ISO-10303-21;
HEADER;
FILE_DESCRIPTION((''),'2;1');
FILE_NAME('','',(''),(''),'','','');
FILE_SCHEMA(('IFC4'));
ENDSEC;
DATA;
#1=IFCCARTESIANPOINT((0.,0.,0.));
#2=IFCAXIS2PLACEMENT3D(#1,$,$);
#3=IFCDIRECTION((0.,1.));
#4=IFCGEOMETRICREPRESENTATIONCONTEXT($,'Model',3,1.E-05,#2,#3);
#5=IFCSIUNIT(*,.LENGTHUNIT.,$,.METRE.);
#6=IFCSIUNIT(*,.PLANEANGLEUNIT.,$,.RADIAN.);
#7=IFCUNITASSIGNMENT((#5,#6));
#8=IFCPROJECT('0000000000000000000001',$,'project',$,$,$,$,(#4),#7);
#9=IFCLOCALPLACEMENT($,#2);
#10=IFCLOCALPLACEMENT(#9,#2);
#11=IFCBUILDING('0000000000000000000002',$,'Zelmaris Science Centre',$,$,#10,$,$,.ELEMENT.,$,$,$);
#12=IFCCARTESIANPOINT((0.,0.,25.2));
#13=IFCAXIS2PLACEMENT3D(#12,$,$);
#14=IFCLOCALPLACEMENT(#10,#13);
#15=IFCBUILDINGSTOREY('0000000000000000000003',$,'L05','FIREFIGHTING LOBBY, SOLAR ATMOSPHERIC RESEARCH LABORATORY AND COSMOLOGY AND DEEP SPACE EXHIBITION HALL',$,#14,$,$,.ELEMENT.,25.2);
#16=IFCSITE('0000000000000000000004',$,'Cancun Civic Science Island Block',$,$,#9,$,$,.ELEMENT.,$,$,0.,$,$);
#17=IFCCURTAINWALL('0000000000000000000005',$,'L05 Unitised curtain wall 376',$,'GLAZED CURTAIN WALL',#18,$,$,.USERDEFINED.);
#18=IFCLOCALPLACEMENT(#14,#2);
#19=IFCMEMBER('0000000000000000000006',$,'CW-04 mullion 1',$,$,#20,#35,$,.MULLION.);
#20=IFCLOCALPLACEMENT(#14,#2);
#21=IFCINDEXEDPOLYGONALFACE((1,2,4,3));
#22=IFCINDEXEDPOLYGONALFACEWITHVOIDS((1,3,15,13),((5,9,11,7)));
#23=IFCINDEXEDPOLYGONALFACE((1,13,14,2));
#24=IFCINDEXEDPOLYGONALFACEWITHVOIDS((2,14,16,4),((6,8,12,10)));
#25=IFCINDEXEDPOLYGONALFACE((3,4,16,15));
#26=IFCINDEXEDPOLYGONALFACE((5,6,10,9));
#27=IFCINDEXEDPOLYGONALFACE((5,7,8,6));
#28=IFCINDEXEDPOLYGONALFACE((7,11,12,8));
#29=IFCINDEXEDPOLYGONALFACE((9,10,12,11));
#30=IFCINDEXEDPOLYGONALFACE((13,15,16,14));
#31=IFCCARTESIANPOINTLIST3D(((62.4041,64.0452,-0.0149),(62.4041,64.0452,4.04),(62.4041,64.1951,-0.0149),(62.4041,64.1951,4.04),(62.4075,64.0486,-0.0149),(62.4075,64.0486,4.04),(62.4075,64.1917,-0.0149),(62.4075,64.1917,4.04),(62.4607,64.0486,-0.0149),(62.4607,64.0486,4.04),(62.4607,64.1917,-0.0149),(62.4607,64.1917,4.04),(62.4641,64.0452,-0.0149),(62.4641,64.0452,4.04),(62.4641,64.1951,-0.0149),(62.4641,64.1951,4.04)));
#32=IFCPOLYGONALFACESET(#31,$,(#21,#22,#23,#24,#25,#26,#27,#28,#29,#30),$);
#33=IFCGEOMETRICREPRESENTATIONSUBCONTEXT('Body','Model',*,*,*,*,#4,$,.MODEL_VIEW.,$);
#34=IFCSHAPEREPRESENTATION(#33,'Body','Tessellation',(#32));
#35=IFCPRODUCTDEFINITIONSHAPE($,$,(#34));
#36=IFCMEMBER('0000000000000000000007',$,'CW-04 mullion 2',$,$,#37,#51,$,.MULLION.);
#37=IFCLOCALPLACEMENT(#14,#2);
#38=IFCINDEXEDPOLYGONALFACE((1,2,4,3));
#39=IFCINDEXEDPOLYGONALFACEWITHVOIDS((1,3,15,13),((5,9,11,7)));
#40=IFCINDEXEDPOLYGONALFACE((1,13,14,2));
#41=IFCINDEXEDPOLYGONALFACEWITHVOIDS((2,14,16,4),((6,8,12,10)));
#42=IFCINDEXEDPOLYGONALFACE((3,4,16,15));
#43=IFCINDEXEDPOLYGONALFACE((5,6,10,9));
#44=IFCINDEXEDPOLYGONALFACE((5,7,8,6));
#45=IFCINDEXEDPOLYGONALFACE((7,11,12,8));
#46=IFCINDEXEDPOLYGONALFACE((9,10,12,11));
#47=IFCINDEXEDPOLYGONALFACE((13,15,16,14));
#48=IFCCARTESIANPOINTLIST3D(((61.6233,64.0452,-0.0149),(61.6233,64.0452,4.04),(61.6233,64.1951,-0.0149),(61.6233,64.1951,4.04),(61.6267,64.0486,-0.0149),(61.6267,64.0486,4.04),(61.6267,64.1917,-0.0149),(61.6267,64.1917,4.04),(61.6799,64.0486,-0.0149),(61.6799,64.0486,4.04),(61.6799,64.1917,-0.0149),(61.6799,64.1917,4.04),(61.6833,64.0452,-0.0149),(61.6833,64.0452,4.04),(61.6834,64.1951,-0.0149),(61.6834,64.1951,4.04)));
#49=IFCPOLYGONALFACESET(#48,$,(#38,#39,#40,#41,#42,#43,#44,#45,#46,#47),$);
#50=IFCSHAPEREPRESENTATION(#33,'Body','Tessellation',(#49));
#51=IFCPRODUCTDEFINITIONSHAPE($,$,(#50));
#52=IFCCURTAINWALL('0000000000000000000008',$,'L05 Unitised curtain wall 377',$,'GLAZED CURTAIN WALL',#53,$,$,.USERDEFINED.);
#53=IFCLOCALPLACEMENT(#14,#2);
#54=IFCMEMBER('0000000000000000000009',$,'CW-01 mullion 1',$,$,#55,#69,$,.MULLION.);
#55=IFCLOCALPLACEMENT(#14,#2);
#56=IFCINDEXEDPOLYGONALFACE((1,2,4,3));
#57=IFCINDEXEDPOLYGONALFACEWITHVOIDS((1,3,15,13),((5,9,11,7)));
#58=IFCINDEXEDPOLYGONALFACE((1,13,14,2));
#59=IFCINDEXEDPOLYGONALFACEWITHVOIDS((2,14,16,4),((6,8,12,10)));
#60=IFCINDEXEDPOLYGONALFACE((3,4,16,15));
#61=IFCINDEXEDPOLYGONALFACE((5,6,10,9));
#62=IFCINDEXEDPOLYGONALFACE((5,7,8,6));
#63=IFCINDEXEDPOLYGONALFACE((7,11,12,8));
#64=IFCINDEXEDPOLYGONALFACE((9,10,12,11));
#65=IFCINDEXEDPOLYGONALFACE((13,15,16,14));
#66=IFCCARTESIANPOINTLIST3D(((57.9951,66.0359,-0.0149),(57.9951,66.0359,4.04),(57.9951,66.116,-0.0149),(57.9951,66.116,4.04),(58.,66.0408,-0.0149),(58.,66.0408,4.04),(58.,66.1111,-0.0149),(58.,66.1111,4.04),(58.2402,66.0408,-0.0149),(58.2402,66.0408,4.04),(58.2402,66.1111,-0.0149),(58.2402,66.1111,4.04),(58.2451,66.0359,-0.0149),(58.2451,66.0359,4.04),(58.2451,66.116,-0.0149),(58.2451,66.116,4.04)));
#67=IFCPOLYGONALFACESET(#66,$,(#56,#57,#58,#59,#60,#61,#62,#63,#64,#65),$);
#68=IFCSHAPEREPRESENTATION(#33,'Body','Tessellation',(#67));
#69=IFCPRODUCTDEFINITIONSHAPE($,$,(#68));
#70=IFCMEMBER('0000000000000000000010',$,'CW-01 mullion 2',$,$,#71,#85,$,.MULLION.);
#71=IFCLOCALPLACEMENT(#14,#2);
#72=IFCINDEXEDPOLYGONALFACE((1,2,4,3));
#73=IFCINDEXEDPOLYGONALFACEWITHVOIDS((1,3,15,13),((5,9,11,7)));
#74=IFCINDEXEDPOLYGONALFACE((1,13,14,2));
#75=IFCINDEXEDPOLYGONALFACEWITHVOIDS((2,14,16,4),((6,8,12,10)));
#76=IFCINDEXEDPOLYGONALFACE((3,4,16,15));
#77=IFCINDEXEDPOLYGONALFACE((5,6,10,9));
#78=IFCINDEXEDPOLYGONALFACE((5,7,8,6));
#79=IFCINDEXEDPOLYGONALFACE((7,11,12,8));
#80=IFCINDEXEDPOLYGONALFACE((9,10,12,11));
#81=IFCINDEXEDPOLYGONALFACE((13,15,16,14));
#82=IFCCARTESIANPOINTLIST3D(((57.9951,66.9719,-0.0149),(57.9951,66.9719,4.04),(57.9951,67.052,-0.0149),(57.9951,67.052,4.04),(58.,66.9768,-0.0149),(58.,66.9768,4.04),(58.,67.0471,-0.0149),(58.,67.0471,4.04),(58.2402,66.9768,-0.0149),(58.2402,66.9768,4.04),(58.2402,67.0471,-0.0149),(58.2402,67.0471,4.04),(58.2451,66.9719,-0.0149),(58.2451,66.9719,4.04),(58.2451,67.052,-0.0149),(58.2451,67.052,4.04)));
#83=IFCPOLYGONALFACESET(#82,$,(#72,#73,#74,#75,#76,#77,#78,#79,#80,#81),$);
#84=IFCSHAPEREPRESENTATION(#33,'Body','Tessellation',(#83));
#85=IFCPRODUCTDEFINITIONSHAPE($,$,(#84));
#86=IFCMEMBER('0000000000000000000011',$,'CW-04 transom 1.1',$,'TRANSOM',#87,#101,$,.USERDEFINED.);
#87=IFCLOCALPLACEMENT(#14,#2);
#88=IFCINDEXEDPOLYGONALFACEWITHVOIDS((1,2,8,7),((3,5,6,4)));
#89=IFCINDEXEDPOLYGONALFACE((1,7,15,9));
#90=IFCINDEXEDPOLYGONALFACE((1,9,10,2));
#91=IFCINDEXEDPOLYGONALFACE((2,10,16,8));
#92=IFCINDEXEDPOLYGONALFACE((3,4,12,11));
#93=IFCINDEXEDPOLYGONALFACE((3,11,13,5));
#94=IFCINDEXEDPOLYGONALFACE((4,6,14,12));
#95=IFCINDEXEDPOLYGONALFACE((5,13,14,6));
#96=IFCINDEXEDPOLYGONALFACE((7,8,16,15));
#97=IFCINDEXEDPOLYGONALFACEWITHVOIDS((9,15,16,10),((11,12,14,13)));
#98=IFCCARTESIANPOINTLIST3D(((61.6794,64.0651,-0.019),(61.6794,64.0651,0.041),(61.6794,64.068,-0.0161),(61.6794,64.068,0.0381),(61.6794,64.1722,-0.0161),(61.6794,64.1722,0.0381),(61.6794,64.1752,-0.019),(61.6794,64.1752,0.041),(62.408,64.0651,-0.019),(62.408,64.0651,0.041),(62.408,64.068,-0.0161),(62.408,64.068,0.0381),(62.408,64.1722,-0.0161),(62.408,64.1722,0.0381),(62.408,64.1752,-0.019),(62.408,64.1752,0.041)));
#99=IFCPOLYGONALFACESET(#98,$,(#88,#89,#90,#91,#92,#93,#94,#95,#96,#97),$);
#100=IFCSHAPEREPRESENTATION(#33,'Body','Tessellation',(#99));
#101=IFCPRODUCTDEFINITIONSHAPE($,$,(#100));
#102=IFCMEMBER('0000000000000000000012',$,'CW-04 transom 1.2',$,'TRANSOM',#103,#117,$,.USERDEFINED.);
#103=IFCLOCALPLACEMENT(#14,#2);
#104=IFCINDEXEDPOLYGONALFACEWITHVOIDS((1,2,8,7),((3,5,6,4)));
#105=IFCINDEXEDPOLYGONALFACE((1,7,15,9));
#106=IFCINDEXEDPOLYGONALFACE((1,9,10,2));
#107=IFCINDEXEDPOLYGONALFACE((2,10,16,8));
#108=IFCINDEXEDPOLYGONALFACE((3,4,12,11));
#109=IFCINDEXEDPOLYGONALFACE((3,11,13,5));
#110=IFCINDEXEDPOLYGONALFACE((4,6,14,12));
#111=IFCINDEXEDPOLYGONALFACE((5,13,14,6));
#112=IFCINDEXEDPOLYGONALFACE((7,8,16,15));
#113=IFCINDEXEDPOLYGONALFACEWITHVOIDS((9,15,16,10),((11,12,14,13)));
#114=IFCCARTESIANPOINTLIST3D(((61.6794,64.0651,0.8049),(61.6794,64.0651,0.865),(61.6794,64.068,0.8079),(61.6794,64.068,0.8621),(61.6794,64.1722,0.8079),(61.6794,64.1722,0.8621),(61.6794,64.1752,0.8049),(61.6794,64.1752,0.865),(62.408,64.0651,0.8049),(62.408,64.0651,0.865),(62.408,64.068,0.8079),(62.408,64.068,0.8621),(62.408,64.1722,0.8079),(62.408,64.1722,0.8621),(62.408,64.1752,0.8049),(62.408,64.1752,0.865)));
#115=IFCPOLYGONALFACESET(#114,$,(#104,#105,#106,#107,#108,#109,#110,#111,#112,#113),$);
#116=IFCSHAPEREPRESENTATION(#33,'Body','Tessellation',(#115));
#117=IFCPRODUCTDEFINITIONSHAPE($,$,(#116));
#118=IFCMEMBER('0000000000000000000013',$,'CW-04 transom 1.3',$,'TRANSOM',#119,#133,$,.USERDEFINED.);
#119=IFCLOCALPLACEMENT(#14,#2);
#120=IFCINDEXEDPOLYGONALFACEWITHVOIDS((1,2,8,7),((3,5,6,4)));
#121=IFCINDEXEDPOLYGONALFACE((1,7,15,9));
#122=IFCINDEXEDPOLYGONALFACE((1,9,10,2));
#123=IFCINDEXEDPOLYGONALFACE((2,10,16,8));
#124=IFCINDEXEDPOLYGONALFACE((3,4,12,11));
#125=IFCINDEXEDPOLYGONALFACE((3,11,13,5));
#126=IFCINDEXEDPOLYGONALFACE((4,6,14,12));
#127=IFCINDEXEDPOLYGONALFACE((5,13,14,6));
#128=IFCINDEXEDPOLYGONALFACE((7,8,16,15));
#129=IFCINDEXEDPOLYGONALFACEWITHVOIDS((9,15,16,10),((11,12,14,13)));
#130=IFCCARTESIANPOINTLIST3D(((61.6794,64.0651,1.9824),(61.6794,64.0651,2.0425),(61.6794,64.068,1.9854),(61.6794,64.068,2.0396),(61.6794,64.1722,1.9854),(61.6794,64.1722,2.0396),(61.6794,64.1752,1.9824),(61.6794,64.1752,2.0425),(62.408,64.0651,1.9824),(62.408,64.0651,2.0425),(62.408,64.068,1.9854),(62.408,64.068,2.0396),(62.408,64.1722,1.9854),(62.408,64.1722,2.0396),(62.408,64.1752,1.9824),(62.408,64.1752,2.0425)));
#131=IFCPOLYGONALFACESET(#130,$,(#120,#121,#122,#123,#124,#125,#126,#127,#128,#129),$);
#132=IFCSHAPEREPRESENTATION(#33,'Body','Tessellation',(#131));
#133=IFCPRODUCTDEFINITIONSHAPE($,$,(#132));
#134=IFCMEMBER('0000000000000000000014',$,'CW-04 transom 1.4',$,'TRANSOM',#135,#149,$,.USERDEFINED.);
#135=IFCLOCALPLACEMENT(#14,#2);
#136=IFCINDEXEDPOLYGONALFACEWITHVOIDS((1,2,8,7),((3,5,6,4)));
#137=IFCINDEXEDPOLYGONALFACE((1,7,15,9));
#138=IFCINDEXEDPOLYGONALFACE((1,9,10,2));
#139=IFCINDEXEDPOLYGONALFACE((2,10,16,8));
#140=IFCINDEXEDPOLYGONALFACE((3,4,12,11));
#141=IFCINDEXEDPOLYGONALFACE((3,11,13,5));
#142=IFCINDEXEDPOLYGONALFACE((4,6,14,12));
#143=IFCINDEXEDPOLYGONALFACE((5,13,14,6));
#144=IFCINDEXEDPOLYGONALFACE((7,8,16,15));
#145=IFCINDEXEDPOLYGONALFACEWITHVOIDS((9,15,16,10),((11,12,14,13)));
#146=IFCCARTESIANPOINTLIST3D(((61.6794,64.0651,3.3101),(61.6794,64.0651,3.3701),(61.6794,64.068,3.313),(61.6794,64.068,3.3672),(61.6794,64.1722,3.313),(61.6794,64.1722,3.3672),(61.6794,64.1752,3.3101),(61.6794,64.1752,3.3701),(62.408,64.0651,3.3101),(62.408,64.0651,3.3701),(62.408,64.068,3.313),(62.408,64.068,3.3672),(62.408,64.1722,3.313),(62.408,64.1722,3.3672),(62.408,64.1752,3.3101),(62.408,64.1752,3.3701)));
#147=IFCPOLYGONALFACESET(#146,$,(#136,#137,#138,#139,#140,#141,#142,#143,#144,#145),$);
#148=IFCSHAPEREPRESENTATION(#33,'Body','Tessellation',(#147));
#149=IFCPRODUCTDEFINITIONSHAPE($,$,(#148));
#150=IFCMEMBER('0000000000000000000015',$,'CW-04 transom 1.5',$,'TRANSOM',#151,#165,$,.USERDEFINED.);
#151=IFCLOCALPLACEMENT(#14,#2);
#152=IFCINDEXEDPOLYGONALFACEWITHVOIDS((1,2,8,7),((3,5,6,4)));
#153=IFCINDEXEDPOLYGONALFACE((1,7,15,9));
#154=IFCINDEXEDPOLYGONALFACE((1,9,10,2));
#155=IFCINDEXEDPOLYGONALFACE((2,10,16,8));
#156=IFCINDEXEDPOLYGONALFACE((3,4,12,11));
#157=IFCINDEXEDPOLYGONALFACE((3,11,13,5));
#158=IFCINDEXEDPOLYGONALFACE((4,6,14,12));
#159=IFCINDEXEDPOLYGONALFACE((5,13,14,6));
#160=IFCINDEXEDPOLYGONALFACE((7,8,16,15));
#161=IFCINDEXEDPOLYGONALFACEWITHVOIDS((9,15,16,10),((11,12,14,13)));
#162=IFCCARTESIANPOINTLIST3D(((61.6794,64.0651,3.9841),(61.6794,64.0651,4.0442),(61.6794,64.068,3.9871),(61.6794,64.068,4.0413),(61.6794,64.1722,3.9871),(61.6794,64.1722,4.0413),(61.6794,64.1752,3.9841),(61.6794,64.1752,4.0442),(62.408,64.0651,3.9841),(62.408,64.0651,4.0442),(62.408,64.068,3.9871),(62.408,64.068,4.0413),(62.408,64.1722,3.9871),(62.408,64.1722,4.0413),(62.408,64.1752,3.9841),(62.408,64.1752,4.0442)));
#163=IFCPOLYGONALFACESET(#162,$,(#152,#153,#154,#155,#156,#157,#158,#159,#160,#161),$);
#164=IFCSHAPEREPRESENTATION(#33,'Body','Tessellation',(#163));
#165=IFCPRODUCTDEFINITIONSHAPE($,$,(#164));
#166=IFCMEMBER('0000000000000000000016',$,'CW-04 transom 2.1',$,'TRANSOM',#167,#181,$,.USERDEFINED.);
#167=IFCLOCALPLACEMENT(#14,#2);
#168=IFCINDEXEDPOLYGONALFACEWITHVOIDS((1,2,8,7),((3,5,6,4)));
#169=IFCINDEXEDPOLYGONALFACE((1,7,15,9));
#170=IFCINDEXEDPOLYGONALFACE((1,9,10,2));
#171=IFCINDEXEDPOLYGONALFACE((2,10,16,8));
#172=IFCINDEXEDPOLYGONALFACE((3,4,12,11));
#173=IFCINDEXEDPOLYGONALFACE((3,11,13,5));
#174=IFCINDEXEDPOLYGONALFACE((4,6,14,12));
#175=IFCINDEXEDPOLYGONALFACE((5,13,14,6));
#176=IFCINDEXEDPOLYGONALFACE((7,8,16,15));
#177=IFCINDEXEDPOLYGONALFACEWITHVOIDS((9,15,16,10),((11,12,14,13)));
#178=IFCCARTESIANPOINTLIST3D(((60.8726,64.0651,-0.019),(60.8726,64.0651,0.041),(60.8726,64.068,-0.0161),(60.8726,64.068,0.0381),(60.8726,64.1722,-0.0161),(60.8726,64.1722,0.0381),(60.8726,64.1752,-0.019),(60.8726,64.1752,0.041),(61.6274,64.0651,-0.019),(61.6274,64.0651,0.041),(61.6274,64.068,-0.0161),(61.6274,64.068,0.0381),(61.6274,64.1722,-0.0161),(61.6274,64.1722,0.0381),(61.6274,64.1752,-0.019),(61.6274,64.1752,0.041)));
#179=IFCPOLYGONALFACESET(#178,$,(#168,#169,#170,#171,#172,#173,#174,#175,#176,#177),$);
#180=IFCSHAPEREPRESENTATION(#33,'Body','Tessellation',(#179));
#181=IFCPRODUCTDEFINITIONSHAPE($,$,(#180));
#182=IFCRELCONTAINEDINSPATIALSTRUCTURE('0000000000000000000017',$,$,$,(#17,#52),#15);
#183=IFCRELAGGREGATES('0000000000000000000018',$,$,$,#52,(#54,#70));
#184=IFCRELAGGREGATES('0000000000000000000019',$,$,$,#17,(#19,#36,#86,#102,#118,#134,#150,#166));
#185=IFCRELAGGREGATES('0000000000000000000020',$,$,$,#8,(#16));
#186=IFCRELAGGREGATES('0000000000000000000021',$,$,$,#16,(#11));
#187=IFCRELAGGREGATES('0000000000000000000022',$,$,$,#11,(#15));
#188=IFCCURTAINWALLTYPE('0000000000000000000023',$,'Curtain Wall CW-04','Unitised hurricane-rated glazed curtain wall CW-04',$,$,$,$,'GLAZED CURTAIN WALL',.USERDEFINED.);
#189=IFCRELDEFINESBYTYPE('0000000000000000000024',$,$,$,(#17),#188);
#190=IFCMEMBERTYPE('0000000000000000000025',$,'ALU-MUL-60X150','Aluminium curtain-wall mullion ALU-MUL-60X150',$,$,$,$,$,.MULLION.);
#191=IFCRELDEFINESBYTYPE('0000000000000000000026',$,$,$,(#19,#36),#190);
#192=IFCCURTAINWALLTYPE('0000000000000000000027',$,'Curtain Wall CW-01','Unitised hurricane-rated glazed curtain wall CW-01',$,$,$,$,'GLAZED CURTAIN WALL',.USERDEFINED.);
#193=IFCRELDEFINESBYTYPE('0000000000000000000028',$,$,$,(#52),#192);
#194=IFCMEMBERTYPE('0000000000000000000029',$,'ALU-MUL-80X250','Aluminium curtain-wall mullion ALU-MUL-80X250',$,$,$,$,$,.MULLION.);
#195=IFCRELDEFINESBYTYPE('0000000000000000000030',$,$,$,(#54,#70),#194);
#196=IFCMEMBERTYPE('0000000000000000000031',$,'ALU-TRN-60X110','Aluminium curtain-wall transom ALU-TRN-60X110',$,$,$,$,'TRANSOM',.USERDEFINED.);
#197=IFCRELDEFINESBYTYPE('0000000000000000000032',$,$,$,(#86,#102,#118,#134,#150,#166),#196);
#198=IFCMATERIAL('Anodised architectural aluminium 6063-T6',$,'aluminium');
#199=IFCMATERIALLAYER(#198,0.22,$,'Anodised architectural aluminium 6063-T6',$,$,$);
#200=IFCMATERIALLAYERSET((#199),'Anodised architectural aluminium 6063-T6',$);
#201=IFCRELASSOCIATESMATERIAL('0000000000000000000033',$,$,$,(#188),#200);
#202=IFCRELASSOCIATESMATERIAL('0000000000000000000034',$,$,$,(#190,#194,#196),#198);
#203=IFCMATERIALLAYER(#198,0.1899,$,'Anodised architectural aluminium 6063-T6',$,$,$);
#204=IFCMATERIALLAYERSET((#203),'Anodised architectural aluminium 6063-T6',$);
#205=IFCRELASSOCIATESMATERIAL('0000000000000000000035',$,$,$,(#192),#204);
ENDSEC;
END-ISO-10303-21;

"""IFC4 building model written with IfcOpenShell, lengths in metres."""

from ifc_helpers import new_model, si_unit, direction, frame, origin, origin_2d, place, context, subcontext, project, spatial, hollow_rectangle, extrude, material, layer, layer_set, material_profile, profile_set, type_object, element, aggregate, save


model = new_model("IFC4")

# Units and contexts
model_context = context("Model", 3, precision=1e-05, world=origin(), true_north=direction((0.0, 1.0)))
body_context = subcontext(model_context, "Body", "Model", "MODEL_VIEW")
ifc_project = project(units=[si_unit("LENGTHUNIT", "METRE"), si_unit("PLANEANGLEUNIT", "RADIAN")], contexts=[model_context])

# Site, building, storey
site_placement = place(None, origin())
site = spatial("IfcSite", under=ifc_project, at=site_placement, Name="Cancun Civic Science Island Block", CompositionType="ELEMENT", RefElevation=0.0)
building_placement = place(site_placement, origin())
building = spatial("IfcBuilding", under=site, at=building_placement, Name="Zelmaris Science Centre", CompositionType="ELEMENT")
storey_placement = place(building_placement, frame((0.0, 0.0, 25.2)))
storey = spatial("IfcBuildingStorey", under=building, at=storey_placement, Name="L05", Description="FIREFIGHTING LOBBY, SOLAR ATMOSPHERIC RESEARCH LABORATORY AND COSMOLOGY AND DEEP SPACE EXHIBITION HALL", CompositionType="ELEMENT", Elevation=25.2)

# Curtain walls, members
ifc_material_1 = material(Name="Anodised architectural aluminium 6063-T6", Category="aluminium")
ifc_layer_1 = layer(ifc_material_1, 0.22, Name="Anodised architectural aluminium 6063-T6")
ifc_layer_set_1 = layer_set([ifc_layer_1], Name="Anodised architectural aluminium 6063-T6")
curtain_wall_type_1 = type_object("IfcCurtainWallType", Name="Curtain Wall CW-04", Description="Unitised hurricane-rated glazed curtain wall CW-04", ElementType="GLAZED CURTAIN WALL", PredefinedType="USERDEFINED", material=ifc_layer_set_1)
curtain_wall_1_placement = place(storey_placement, origin())
curtain_wall_1 = element("IfcCurtainWall", 1, at=curtain_wall_1_placement, inside=storey, type_object=curtain_wall_type_1, Name="L05 Unitised curtain wall 376", ObjectType="GLAZED CURTAIN WALL", PredefinedType="USERDEFINED")
ifc_material_profile_1 = material_profile(ifc_material_1, hollow_rectangle(XDim=0.0601, YDim=0.1499, WallThickness=0.0034, at=origin_2d()), Name="ALU-MUL-60X150")
ifc_profile_set_1 = profile_set([ifc_material_profile_1], Name="Anodised architectural aluminium 6063-T6")
member_type_1 = type_object("IfcMemberType", Name="ALU-MUL-60X150", Description="Aluminium curtain-wall mullion ALU-MUL-60X150", PredefinedType="MULLION", material=ifc_profile_set_1)
member_1_placement = place(storey_placement, frame((62.4341, 64.1201, -0.0149), z_axis=(0.0, 0.0, 1.0), x_axis=(-1.0, 0.000005, 0.0)))
member_1 = element("IfcMember", 2, at=member_1_placement, type_object=member_type_1, Name="CW-04 mullion 1", PredefinedType="MULLION", context=body_context, shape_type="SweptSolid", body=[
    extrude(hollow_rectangle(XDim=0.0601, YDim=0.1499, WallThickness=0.0034, at=origin_2d()), origin(), (0.0, 0.0, 1.0), 4.0549),
])
member_2_placement = place(storey_placement, frame((61.6533, 64.1201, -0.0149), z_axis=(0.0, 0.0, 1.0), x_axis=(-1.0, 0.000005, 0.0)))
member_2 = element("IfcMember", 3, at=member_2_placement, type_object=member_type_1, Name="CW-04 mullion 2", PredefinedType="MULLION", context=body_context, shape_type="SweptSolid", body=[
    extrude(hollow_rectangle(XDim=0.0601, YDim=0.1499, WallThickness=0.0034, at=origin_2d()), origin(), (0.0, 0.0, 1.0), 4.0549),
])
ifc_layer_2 = layer(ifc_material_1, 0.1899, Name="Anodised architectural aluminium 6063-T6")
ifc_layer_set_2 = layer_set([ifc_layer_2], Name="Anodised architectural aluminium 6063-T6")
curtain_wall_type_2 = type_object("IfcCurtainWallType", Name="Curtain Wall CW-01", Description="Unitised hurricane-rated glazed curtain wall CW-01", ElementType="GLAZED CURTAIN WALL", PredefinedType="USERDEFINED", material=ifc_layer_set_2)
curtain_wall_2_placement = place(storey_placement, origin())
curtain_wall_2 = element("IfcCurtainWall", 4, at=curtain_wall_2_placement, inside=storey, type_object=curtain_wall_type_2, Name="L05 Unitised curtain wall 377", ObjectType="GLAZED CURTAIN WALL", PredefinedType="USERDEFINED")
ifc_material_profile_2 = material_profile(ifc_material_1, hollow_rectangle(XDim=0.0801, YDim=0.25, WallThickness=0.0049, at=origin_2d()), Name="ALU-MUL-80X250")
ifc_profile_set_2 = profile_set([ifc_material_profile_2], Name="Anodised architectural aluminium 6063-T6")
member_type_2 = type_object("IfcMemberType", Name="ALU-MUL-80X250", Description="Aluminium curtain-wall mullion ALU-MUL-80X250", PredefinedType="MULLION", material=ifc_profile_set_2)
member_3_placement = place(storey_placement, frame((58.1201, 66.0759, -0.0149), z_axis=(0.0, 0.0, 1.0), x_axis=(-0.000003, 1.0, 0.0)))
member_3 = element("IfcMember", 5, at=member_3_placement, type_object=member_type_2, Name="CW-01 mullion 1", PredefinedType="MULLION", context=body_context, shape_type="SweptSolid", body=[
    extrude(hollow_rectangle(XDim=0.0801, YDim=0.25, WallThickness=0.0049, at=origin_2d()), origin(), (0.0, 0.0, 1.0), 4.0549),
])
member_4_placement = place(storey_placement, frame((58.1201, 67.012, -0.0149), z_axis=(0.0, 0.0, 1.0), x_axis=(-0.000003, 1.0, 0.0)))
member_4 = element("IfcMember", 6, at=member_4_placement, type_object=member_type_2, Name="CW-01 mullion 2", PredefinedType="MULLION", context=body_context, shape_type="SweptSolid", body=[
    extrude(hollow_rectangle(XDim=0.0801, YDim=0.25, WallThickness=0.0049, at=origin_2d()), origin(), (0.0, 0.0, 1.0), 4.0549),
])

# Members
ifc_material_profile_3 = material_profile(ifc_material_1, hollow_rectangle(XDim=0.0601, YDim=0.1101, WallThickness=0.0029, at=origin_2d()), Name="ALU-TRN-60X110")
ifc_profile_set_3 = profile_set([ifc_material_profile_3], Name="Anodised architectural aluminium 6063-T6")
member_type_3 = type_object("IfcMemberType", Name="ALU-TRN-60X110", Description="Aluminium curtain-wall transom ALU-TRN-60X110", ElementType="TRANSOM", PredefinedType="USERDEFINED", material=ifc_profile_set_3)
member_5_placement = place(storey_placement, frame((62.408, 64.1201, 0.011), z_axis=(-1.0, 0.0, 0.0), x_axis=(0.0, 0.0, 1.0)))
member_5 = element("IfcMember", 7, at=member_5_placement, type_object=member_type_3, Name="CW-04 transom 1.1", ObjectType="TRANSOM", PredefinedType="USERDEFINED", context=body_context, shape_type="SweptSolid", body=[
    extrude(hollow_rectangle(XDim=0.0601, YDim=0.1101, WallThickness=0.0029, at=origin_2d()), origin(), (0.0, 0.0, 1.0), 0.7285),
])
member_6_placement = place(storey_placement, frame((62.408, 64.1201, 0.835), z_axis=(-1.0, 0.0, 0.0), x_axis=(0.0, 0.0, 1.0)))
member_6 = element("IfcMember", 8, at=member_6_placement, type_object=member_type_3, Name="CW-04 transom 1.2", ObjectType="TRANSOM", PredefinedType="USERDEFINED", context=body_context, shape_type="SweptSolid", body=[
    extrude(hollow_rectangle(XDim=0.0601, YDim=0.1101, WallThickness=0.0029, at=origin_2d()), origin(), (0.0, 0.0, 1.0), 0.7285),
])
member_7_placement = place(storey_placement, frame((62.408, 64.1201, 2.0125), z_axis=(-1.0, 0.0, 0.0), x_axis=(0.0, 0.0, 1.0)))
member_7 = element("IfcMember", 9, at=member_7_placement, type_object=member_type_3, Name="CW-04 transom 1.3", ObjectType="TRANSOM", PredefinedType="USERDEFINED", context=body_context, shape_type="SweptSolid", body=[
    extrude(hollow_rectangle(XDim=0.0601, YDim=0.1101, WallThickness=0.0029, at=origin_2d()), origin(), (0.0, 0.0, 1.0), 0.7285),
])
member_8_placement = place(storey_placement, frame((62.408, 64.1201, 3.3401), z_axis=(-1.0, 0.0, 0.0), x_axis=(0.0, 0.0, 1.0)))
member_8 = element("IfcMember", 10, at=member_8_placement, type_object=member_type_3, Name="CW-04 transom 1.4", ObjectType="TRANSOM", PredefinedType="USERDEFINED", context=body_context, shape_type="SweptSolid", body=[
    extrude(hollow_rectangle(XDim=0.0601, YDim=0.1101, WallThickness=0.0029, at=origin_2d()), origin(), (0.0, 0.0, 1.0), 0.7285),
])
member_9_placement = place(storey_placement, frame((62.408, 64.1201, 4.0142), z_axis=(-1.0, 0.0, 0.0), x_axis=(0.0, 0.0, 1.0)))
member_9 = element("IfcMember", 11, at=member_9_placement, type_object=member_type_3, Name="CW-04 transom 1.5", ObjectType="TRANSOM", PredefinedType="USERDEFINED", context=body_context, shape_type="SweptSolid", body=[
    extrude(hollow_rectangle(XDim=0.0601, YDim=0.1101, WallThickness=0.0029, at=origin_2d()), origin(), (0.0, 0.0, 1.0), 0.7285),
])
member_10_placement = place(storey_placement, frame((61.6274, 64.1201, 0.011), z_axis=(-1.0, 0.0, 0.0), x_axis=(0.0, 0.0, 1.0)))
member_10 = element("IfcMember", 12, at=member_10_placement, type_object=member_type_3, Name="CW-04 transom 2.1", ObjectType="TRANSOM", PredefinedType="USERDEFINED", context=body_context, shape_type="SweptSolid", body=[
    extrude(hollow_rectangle(XDim=0.0601, YDim=0.1101, WallThickness=0.0029, at=origin_2d()), origin(), (0.0, 0.0, 1.0), 0.7549),
])

aggregate(curtain_wall_2, [member_3, member_4])
aggregate(curtain_wall_1, [member_1, member_2, member_5, member_6, member_7, member_8, member_9, member_10])

save(model, "model.ifc")
